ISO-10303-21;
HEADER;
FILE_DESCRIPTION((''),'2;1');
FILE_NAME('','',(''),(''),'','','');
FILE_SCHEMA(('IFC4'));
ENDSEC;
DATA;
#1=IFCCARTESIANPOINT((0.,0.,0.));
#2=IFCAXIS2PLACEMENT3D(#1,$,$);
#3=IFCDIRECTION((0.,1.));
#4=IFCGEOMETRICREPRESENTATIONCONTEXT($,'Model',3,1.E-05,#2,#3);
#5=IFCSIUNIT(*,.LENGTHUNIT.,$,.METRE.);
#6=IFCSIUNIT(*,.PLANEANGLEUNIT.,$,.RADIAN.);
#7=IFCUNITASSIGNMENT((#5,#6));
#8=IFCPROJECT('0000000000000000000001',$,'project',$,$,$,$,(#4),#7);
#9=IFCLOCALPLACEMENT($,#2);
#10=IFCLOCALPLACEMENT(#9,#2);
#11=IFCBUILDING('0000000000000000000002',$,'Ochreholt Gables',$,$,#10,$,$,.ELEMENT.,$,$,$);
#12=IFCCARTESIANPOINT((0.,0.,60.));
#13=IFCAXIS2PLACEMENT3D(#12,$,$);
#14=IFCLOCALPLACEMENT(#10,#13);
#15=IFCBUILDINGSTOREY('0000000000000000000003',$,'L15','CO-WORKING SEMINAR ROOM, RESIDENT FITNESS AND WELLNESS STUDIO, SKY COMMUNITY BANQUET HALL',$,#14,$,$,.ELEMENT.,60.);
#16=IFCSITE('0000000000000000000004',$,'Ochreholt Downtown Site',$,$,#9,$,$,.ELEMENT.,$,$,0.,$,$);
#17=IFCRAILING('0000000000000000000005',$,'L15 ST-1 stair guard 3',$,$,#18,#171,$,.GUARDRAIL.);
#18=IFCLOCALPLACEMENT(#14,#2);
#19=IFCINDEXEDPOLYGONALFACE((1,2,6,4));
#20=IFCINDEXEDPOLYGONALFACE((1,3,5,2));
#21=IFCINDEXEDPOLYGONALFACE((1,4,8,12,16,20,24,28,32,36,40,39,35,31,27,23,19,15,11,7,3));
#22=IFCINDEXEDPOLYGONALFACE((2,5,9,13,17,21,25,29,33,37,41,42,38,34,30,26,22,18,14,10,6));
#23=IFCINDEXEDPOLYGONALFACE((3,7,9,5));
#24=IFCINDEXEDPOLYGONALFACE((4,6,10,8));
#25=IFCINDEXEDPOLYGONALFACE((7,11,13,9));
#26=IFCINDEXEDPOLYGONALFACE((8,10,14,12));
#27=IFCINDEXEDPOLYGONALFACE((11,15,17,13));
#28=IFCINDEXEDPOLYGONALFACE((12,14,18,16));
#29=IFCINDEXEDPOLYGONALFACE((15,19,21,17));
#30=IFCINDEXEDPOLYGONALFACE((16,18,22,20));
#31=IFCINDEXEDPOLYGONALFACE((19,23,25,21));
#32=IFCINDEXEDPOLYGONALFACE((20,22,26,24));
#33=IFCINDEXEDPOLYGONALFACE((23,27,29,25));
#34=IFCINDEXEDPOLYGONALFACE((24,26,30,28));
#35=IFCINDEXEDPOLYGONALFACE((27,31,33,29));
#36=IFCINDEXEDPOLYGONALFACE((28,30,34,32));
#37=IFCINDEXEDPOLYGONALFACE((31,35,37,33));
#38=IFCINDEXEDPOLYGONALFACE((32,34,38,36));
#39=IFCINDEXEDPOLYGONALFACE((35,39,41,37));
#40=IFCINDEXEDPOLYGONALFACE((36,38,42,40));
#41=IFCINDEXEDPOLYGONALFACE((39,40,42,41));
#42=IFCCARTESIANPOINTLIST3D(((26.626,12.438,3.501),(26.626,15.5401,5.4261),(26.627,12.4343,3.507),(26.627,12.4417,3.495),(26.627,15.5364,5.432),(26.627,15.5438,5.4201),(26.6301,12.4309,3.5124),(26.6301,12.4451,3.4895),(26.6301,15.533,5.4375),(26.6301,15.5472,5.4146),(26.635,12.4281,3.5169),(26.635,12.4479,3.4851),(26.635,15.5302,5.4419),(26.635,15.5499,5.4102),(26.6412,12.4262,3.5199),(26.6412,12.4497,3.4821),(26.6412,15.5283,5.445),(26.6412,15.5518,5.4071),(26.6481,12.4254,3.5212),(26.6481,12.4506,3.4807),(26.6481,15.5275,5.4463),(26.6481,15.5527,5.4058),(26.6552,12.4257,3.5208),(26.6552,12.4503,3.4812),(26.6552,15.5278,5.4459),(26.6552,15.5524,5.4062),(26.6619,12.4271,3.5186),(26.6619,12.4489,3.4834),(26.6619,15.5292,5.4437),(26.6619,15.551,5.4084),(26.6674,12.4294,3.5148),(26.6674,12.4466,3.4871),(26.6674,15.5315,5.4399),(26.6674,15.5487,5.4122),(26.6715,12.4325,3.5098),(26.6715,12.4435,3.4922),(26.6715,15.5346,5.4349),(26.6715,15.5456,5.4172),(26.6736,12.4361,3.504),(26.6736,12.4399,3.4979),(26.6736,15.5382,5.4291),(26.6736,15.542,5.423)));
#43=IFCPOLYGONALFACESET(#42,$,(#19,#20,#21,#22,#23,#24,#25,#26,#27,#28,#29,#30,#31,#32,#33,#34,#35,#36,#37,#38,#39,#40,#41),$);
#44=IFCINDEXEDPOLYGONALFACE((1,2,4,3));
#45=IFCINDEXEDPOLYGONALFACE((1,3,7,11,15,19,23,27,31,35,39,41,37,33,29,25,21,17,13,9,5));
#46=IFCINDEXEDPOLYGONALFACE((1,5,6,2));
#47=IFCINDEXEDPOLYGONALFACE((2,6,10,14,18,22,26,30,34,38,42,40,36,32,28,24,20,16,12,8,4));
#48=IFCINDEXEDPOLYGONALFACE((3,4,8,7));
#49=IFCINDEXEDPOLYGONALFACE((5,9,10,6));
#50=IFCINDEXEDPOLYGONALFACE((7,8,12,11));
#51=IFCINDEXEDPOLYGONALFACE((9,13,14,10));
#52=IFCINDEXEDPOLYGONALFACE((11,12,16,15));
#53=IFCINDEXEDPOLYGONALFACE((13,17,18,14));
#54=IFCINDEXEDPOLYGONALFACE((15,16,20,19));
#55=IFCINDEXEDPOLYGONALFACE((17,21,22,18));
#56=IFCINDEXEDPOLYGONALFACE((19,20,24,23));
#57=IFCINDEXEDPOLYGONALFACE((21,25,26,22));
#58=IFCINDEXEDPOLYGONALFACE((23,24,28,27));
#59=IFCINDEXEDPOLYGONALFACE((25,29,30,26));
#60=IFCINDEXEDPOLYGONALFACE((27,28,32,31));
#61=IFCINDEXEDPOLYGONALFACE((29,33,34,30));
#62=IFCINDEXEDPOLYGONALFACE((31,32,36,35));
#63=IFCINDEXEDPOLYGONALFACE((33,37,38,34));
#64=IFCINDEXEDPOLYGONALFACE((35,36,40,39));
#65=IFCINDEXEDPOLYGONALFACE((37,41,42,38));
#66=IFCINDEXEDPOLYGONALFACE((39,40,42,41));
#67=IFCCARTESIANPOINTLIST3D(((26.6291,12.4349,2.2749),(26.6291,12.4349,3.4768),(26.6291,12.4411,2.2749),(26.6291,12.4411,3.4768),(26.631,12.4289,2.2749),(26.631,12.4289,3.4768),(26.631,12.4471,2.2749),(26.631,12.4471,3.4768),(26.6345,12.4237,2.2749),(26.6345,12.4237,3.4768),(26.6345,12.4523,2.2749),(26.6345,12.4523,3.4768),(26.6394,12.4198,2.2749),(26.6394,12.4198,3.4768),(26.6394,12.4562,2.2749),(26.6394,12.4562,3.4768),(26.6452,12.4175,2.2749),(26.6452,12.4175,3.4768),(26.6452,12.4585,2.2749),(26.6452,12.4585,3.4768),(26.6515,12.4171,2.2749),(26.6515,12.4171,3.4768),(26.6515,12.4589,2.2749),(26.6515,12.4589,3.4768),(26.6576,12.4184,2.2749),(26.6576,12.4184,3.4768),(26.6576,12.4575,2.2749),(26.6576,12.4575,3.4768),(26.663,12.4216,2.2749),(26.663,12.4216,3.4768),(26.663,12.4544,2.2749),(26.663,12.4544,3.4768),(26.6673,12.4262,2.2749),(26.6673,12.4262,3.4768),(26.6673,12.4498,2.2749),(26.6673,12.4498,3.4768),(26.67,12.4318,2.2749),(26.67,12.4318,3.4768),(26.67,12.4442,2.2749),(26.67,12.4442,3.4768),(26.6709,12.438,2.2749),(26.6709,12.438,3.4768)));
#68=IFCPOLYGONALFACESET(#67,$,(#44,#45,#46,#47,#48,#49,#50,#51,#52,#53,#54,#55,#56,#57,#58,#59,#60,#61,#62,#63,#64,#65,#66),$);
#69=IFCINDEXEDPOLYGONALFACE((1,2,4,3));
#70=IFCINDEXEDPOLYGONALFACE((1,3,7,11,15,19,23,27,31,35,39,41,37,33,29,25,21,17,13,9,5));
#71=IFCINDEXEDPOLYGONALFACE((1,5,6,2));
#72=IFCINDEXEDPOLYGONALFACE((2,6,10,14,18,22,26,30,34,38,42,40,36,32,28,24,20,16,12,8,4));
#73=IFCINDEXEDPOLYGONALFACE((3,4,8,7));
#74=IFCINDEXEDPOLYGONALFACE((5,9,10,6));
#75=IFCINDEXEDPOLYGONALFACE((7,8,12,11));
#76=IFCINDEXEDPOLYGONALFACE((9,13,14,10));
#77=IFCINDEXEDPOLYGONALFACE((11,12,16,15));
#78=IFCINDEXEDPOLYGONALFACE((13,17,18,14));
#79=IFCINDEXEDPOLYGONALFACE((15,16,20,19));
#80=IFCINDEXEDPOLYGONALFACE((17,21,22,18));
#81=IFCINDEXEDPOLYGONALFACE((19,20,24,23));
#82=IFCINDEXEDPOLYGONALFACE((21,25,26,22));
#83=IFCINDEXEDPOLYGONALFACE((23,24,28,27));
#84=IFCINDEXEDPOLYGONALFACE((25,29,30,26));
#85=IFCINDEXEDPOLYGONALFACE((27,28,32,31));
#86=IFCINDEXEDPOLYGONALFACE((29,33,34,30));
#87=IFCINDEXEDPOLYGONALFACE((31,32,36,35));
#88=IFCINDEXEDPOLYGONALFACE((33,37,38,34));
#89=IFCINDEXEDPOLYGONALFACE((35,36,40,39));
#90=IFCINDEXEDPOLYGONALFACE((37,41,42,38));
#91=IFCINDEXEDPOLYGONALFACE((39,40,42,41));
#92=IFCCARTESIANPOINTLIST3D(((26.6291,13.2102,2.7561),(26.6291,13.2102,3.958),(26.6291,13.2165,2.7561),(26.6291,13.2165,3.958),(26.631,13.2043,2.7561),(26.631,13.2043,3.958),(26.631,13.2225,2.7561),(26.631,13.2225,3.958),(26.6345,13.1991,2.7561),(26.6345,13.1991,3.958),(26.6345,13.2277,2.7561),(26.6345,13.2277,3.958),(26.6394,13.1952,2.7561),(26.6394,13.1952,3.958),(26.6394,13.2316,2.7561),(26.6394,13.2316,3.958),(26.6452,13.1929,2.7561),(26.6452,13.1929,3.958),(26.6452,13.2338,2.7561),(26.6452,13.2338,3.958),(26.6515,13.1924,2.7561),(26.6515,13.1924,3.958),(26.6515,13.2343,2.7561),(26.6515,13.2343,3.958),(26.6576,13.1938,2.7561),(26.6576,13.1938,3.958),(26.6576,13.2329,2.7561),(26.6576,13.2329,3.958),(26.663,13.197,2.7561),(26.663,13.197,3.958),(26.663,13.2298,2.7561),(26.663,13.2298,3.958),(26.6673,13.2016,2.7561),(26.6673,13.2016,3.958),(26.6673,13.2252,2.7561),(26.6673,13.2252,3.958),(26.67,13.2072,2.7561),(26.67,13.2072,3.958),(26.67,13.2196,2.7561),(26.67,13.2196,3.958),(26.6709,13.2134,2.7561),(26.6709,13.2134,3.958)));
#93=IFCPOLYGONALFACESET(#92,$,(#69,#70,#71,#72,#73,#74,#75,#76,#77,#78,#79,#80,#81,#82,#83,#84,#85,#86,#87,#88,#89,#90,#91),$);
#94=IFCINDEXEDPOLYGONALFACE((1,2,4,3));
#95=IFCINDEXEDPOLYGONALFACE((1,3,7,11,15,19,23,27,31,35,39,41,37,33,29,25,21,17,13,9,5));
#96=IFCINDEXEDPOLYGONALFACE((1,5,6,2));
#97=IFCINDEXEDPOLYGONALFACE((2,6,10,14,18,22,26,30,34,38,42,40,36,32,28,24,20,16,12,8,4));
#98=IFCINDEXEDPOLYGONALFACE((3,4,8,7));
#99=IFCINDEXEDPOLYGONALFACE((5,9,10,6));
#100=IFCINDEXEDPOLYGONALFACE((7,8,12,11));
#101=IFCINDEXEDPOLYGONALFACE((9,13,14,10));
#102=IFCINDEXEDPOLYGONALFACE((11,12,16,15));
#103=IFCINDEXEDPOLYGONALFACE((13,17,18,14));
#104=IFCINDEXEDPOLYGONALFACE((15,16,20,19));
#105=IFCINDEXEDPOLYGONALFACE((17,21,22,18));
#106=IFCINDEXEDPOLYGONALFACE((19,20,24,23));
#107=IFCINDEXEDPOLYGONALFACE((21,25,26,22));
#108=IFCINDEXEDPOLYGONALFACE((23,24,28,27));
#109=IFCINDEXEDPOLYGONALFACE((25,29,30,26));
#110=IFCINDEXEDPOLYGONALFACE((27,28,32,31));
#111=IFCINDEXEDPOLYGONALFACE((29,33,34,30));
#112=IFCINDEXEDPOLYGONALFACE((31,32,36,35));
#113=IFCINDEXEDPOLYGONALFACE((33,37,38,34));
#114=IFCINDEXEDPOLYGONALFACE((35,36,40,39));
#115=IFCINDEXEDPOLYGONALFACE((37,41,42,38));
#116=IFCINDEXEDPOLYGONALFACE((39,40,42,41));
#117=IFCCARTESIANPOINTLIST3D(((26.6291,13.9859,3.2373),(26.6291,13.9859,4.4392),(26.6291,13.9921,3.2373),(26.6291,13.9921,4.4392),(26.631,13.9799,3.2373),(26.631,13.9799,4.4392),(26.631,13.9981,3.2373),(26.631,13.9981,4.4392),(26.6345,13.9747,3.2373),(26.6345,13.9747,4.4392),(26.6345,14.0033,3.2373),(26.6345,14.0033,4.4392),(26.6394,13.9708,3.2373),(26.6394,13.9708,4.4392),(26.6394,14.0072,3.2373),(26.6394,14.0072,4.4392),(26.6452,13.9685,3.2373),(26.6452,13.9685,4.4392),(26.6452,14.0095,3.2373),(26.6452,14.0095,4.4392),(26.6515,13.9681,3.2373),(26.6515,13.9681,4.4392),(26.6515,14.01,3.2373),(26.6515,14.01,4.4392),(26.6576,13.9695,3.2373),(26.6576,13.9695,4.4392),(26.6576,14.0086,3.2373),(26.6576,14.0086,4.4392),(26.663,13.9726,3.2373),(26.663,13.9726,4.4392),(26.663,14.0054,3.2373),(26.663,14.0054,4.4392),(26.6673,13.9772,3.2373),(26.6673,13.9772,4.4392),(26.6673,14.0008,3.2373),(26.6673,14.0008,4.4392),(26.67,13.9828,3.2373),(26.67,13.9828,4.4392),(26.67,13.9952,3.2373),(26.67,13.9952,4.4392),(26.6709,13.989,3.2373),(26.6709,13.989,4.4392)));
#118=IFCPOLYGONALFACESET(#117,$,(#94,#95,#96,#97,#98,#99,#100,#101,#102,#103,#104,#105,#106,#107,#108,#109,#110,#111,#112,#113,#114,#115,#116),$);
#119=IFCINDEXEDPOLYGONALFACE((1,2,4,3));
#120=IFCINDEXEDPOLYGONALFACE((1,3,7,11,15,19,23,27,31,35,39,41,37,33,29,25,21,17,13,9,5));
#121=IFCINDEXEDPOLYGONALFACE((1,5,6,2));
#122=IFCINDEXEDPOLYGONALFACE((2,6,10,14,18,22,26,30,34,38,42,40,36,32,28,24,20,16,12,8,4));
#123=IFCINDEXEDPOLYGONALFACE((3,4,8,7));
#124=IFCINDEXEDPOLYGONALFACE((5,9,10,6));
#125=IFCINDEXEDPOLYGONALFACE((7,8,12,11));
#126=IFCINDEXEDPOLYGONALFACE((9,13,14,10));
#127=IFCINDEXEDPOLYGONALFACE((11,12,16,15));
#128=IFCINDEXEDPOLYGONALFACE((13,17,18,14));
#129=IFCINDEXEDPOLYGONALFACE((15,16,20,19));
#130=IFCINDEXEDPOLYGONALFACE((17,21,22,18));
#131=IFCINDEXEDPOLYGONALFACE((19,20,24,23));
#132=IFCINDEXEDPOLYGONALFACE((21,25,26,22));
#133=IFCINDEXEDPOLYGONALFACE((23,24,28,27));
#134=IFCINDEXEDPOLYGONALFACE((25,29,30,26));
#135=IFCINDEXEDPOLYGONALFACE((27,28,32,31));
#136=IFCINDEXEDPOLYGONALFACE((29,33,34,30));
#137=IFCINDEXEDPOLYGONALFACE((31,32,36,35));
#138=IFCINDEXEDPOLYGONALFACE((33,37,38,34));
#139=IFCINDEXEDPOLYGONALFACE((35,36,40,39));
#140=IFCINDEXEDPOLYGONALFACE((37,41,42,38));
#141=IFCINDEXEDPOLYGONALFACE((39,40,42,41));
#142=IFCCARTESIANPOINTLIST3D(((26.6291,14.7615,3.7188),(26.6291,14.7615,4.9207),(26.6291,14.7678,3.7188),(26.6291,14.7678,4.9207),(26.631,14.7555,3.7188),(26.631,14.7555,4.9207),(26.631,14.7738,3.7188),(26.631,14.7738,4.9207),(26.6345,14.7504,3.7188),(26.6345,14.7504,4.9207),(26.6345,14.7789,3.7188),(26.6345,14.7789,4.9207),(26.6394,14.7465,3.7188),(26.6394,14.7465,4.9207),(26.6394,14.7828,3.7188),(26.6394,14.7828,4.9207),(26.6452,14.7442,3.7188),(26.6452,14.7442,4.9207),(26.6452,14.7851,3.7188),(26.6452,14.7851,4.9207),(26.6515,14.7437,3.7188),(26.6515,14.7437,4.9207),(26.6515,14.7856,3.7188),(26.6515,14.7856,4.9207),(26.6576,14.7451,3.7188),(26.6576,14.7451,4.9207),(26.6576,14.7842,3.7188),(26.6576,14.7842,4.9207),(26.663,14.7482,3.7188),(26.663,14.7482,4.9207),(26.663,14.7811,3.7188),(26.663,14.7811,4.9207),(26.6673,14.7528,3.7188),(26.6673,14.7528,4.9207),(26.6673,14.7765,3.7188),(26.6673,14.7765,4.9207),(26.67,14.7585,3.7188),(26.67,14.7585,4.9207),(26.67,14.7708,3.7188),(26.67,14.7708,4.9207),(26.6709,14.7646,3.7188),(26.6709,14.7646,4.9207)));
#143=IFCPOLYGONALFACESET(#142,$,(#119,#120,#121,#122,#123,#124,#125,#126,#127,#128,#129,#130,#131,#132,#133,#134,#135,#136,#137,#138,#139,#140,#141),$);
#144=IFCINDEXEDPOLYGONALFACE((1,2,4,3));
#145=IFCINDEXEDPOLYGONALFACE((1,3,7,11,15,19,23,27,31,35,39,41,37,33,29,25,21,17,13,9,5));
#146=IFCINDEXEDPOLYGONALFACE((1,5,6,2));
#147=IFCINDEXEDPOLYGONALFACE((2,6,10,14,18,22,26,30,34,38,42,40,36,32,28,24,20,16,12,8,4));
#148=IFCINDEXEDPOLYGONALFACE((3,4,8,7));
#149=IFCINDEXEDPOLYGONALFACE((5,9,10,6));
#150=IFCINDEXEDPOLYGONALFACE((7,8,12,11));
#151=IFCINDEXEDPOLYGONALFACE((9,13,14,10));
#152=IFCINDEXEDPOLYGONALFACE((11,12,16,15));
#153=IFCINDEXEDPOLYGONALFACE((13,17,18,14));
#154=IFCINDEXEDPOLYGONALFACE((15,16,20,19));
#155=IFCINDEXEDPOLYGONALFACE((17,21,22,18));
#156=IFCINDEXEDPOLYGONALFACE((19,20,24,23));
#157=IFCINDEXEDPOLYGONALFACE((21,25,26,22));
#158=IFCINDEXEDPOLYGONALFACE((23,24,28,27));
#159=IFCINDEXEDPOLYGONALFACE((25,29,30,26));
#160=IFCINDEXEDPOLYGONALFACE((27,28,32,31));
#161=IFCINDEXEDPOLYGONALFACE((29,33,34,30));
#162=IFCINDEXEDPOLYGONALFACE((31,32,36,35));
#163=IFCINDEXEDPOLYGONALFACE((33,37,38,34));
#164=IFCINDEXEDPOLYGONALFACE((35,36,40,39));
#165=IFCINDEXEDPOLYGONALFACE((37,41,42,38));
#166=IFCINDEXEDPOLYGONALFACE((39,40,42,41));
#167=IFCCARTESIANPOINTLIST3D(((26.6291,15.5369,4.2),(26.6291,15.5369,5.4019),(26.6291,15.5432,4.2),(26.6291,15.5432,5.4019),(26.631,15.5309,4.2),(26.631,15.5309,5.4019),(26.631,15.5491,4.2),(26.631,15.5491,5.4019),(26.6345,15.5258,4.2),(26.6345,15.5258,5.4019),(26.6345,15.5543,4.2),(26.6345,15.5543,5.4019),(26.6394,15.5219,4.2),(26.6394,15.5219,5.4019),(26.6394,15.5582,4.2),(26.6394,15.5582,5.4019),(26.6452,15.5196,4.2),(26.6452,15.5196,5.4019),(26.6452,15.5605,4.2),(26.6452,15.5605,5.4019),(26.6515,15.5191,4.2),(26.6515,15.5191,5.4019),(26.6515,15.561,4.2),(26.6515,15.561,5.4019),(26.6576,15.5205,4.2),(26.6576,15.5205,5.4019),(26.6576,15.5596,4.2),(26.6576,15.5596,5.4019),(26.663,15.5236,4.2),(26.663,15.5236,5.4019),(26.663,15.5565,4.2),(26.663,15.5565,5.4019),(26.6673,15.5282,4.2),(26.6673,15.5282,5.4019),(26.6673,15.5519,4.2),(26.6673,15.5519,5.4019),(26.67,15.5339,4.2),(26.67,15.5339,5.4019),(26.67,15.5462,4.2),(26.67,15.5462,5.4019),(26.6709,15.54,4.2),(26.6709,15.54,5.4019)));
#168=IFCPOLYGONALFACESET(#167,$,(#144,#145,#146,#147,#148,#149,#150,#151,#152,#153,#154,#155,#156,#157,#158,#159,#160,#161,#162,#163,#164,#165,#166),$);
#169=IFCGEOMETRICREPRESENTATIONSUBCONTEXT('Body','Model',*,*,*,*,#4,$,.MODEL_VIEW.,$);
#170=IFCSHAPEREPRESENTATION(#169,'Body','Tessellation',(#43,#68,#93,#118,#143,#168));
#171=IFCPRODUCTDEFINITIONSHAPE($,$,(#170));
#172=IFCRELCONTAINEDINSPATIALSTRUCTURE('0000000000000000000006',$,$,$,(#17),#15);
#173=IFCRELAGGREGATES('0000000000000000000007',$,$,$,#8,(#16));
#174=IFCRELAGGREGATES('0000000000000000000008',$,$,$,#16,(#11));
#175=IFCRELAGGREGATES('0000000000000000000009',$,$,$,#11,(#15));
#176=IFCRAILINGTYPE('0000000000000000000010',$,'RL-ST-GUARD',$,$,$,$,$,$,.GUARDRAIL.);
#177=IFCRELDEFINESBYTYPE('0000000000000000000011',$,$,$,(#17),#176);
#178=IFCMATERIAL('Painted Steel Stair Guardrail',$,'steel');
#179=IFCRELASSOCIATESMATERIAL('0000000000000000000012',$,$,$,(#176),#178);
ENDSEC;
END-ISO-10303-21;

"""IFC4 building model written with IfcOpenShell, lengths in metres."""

from ifc_helpers import new_model, si_unit, direction, frame, origin, origin_2d, place, context, subcontext, project, spatial, circle, extrude, material, type_object, element, save


model = new_model("IFC4")

# Units and contexts
model_context = context("Model", 3, precision=1e-05, world=origin(), true_north=direction((0.0, 1.0)))
body_context = subcontext(model_context, "Body", "Model", "MODEL_VIEW")
ifc_project = project(units=[si_unit("LENGTHUNIT", "METRE"), si_unit("PLANEANGLEUNIT", "RADIAN")], contexts=[model_context])

# Site, building, storey
site_placement = place(None, origin())
site = spatial("IfcSite", under=ifc_project, at=site_placement, Name="Ochreholt Downtown Site", CompositionType="ELEMENT", RefElevation=0.0)
building_placement = place(site_placement, origin())
building = spatial("IfcBuilding", under=site, at=building_placement, Name="Ochreholt Gables", CompositionType="ELEMENT")
storey_placement = place(building_placement, frame((0.0, 0.0, 60.0)))
storey = spatial("IfcBuildingStorey", under=building, at=storey_placement, Name="L15", Description="CO-WORKING SEMINAR ROOM, RESIDENT FITNESS AND WELLNESS STUDIO, SKY COMMUNITY BANQUET HALL", CompositionType="ELEMENT", Elevation=60.0)

# Railing
ifc_material_1 = material(Name="Painted Steel Stair Guardrail", Category="steel")
railing_type = type_object("IfcRailingType", Name="RL-ST-GUARD", PredefinedType="GUARDRAIL", material=ifc_material_1)
railing_placement = place(storey_placement, frame((26.6499, 12.438, 2.2749)))
element("IfcRailing", 1, at=railing_placement, inside=storey, type_object=railing_type, Name="L15 ST-1 stair guard 3", PredefinedType="GUARDRAIL", context=body_context, shape_type="SweptSolid", body=[
    extrude(circle(Radius=0.0239, at=origin_2d()), frame((0.0, 0.0, 1.2261), z_axis=(0.0, 0.849685, 0.527291), x_axis=(-1.0, 0.0, 0.0)), (0.0, 0.0, 1.0), 3.6509),
    extrude(circle(Radius=0.021, at=origin_2d()), origin(), (0.0, 0.0, 1.0), 1.2019),
    extrude(circle(Radius=0.021, at=origin_2d()), frame((0.0, 0.7754, 0.4812)), (0.0, 0.0, 1.0), 1.2019),
    extrude(circle(Radius=0.021, at=origin_2d()), frame((0.0, 1.551, 0.9624)), (0.0, 0.0, 1.0), 1.2019),
    extrude(circle(Radius=0.021, at=origin_2d()), frame((0.0, 2.3267, 1.4438)), (0.0, 0.0, 1.0), 1.2019),
    extrude(circle(Radius=0.021, at=origin_2d()), frame((0.0, 3.1021, 1.925)), (0.0, 0.0, 1.0), 1.2019),
])

save(model, "model.ifc")
